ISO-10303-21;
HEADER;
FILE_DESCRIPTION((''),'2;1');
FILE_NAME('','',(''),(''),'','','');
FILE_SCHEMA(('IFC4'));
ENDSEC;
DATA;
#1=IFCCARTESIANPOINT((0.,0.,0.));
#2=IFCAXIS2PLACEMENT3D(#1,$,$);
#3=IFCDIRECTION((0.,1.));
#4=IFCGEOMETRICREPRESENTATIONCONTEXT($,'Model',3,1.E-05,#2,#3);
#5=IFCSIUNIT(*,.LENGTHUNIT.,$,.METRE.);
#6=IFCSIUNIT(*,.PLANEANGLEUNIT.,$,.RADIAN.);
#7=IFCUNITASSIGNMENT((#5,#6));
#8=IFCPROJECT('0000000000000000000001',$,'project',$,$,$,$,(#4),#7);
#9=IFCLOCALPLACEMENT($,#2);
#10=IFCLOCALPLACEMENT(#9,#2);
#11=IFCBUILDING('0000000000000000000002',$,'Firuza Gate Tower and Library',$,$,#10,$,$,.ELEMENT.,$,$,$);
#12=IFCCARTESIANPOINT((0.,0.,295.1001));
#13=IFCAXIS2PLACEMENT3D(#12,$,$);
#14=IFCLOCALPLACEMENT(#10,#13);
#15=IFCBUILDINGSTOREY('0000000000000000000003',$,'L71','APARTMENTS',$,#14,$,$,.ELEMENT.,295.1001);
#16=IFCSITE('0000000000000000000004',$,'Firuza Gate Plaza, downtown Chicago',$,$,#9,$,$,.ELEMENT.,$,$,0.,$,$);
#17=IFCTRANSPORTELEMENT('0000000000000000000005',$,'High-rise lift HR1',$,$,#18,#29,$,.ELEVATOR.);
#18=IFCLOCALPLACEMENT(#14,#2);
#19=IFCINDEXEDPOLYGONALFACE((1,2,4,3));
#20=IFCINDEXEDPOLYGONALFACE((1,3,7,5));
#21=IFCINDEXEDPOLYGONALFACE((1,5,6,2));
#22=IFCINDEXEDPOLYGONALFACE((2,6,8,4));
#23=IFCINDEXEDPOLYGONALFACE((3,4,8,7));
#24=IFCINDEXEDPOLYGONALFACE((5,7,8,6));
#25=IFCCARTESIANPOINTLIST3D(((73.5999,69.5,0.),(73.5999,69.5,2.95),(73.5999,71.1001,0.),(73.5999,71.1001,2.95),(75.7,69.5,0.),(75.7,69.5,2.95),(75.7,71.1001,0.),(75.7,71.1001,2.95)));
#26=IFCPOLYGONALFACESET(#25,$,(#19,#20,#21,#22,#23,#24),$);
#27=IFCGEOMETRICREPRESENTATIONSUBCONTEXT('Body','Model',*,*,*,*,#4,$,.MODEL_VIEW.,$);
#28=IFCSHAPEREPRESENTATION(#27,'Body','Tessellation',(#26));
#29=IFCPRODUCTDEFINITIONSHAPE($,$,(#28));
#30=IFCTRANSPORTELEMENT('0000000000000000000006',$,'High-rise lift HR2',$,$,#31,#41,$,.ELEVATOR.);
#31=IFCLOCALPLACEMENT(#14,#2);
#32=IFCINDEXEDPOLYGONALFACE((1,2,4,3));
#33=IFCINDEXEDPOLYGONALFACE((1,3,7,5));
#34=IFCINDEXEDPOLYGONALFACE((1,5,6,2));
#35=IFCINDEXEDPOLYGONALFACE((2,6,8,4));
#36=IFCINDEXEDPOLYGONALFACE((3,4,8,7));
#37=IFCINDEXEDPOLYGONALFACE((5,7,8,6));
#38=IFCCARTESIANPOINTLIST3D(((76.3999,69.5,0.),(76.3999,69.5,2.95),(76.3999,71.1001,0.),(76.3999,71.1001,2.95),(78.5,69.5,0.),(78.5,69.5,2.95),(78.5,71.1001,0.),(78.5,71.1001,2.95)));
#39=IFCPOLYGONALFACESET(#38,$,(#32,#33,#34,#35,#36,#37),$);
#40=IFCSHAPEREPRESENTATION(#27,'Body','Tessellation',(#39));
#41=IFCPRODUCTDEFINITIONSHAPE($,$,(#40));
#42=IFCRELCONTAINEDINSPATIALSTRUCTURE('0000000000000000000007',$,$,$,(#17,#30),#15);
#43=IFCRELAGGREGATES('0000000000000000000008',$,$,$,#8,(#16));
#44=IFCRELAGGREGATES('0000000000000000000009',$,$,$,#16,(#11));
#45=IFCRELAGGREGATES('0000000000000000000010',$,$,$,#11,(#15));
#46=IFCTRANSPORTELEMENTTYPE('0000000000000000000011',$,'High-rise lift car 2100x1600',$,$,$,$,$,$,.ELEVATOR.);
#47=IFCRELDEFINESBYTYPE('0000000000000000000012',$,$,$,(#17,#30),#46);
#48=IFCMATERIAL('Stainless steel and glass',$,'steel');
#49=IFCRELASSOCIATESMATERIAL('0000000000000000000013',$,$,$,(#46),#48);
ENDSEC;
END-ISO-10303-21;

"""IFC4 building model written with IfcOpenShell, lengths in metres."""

from ifc_helpers import new_model, si_unit, direction, frame, origin, origin_2d, place, context, subcontext, project, spatial, rectangle, extrude, material, type_object, element, save


model = new_model("IFC4")

# Units and contexts
model_context = context("Model", 3, precision=1e-05, world=origin(), true_north=direction((0.0, 1.0)))
body_context = subcontext(model_context, "Body", "Model", "MODEL_VIEW")
ifc_project = project(units=[si_unit("LENGTHUNIT", "METRE"), si_unit("PLANEANGLEUNIT", "RADIAN")], contexts=[model_context])

# Site, building, storey
site_placement = place(None, origin())
site = spatial("IfcSite", under=ifc_project, at=site_placement, Name="Firuza Gate Plaza, downtown Chicago", CompositionType="ELEMENT", RefElevation=0.0)
building_placement = place(site_placement, origin())
building = spatial("IfcBuilding", under=site, at=building_placement, Name="Firuza Gate Tower and Library", CompositionType="ELEMENT")
storey_placement = place(building_placement, frame((0.0, 0.0, 295.1001)))
storey = spatial("IfcBuildingStorey", under=building, at=storey_placement, Name="L71", Description="APARTMENTS", CompositionType="ELEMENT", Elevation=295.1001)

# Transport elements
ifc_material_1 = material(Name="Stainless steel and glass", Category="steel")
transport_element_type = type_object("IfcTransportElementType", Name="High-rise lift car 2100x1600", PredefinedType="ELEVATOR", material=ifc_material_1)
for number, where, z_axis, x_axis, name in (
    (1, (74.6499, 70.3, 0.0), (0.0, 0.0, 1.0), (1.0, 0.0, 0.0), "High-rise lift HR1"),
    (2, (77.45, 70.3, 0.0), (0.0, 0.0, 1.0), (1.0, 0.0, 0.0), "High-rise lift HR2"),
):
    element("IfcTransportElement", number, at=place(storey_placement, frame(where, z_axis=z_axis, x_axis=x_axis)), inside=storey, type_object=transport_element_type, Name=name, PredefinedType="ELEVATOR", context=body_context, shape_type="SweptSolid", body=[
        extrude(rectangle(XDim=2.1001, YDim=1.6001, at=origin_2d()), origin(), (0.0, 0.0, 1.0), 2.95),
    ])

save(model, "model.ifc")
